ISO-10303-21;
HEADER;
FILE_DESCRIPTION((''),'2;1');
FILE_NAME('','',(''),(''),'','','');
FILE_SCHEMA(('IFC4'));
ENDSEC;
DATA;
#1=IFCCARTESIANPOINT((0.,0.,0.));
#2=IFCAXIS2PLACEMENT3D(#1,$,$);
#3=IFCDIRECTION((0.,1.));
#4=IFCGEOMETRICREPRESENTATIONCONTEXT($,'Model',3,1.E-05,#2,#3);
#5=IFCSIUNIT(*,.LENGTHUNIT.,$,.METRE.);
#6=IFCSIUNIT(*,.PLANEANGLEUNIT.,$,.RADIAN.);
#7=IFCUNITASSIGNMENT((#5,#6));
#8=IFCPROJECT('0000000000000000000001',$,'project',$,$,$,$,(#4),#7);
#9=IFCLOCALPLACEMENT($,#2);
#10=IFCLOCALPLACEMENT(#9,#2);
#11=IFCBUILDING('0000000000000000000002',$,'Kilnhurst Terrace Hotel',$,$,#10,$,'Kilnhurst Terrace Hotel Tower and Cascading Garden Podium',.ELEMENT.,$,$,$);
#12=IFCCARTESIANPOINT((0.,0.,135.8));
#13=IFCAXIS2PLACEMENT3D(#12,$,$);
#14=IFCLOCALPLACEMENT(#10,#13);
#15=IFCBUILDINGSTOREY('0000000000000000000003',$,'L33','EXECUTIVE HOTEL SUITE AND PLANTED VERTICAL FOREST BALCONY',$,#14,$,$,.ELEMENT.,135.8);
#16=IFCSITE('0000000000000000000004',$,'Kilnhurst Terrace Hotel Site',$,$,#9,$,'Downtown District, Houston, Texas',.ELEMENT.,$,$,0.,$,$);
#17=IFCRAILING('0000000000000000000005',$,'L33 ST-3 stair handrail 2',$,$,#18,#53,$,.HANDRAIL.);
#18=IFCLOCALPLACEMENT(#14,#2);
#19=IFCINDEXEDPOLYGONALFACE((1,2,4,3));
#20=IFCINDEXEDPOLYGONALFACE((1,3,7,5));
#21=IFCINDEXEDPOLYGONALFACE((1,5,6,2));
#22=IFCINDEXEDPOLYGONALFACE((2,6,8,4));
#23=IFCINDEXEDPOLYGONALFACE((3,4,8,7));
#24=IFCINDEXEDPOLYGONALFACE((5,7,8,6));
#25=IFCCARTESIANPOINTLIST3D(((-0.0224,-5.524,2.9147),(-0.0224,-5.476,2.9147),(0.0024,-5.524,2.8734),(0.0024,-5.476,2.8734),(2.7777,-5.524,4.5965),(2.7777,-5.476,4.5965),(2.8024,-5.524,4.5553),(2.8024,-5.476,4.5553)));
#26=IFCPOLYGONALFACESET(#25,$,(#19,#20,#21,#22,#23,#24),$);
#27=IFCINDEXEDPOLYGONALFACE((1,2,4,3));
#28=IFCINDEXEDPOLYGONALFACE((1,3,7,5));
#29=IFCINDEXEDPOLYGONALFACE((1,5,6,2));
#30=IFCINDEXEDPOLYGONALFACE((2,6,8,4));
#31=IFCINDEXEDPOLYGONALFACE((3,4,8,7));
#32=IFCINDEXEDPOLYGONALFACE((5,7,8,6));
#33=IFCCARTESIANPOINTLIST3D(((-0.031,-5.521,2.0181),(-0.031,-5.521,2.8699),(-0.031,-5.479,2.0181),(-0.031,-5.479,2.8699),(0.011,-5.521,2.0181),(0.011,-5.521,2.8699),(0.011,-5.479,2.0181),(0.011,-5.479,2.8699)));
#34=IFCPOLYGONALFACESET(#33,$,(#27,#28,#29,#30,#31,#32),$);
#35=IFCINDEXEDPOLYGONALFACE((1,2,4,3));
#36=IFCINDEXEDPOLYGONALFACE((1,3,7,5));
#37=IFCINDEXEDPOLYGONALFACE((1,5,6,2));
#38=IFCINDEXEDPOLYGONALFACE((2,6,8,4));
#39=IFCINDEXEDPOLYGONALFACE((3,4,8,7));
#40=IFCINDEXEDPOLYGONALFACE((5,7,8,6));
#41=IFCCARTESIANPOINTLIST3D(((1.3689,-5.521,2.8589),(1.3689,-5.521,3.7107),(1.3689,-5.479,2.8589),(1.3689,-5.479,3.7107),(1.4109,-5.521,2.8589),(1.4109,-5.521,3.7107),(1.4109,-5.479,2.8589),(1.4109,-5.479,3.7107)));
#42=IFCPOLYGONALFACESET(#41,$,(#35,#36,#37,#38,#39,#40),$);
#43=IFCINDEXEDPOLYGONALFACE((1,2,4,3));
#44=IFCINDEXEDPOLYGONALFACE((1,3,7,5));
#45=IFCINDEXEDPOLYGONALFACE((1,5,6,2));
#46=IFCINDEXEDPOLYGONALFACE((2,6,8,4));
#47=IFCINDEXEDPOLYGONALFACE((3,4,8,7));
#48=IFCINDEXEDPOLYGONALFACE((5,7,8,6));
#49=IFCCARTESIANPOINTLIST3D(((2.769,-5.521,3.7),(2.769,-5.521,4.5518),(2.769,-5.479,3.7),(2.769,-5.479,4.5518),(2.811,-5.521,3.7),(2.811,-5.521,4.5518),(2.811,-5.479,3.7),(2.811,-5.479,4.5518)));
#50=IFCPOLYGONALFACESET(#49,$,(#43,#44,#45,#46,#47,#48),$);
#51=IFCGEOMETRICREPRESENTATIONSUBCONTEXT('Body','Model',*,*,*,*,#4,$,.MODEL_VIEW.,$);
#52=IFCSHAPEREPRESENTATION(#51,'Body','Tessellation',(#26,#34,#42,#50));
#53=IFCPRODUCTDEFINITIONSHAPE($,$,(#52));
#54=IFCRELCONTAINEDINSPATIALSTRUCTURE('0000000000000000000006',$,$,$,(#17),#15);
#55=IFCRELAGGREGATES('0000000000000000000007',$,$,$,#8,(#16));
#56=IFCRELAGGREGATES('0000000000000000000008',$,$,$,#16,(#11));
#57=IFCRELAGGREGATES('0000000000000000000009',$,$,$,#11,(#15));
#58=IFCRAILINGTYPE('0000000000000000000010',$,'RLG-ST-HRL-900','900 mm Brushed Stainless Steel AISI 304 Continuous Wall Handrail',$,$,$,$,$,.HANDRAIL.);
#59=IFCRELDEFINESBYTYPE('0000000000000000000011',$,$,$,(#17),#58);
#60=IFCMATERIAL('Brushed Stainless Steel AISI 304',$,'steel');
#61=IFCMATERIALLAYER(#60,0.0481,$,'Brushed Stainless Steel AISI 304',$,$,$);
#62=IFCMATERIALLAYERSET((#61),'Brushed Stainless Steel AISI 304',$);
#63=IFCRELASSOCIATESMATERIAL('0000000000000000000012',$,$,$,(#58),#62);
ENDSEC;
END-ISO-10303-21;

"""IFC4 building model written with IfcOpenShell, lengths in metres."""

from ifc_helpers import new_model, si_unit, direction, frame, origin, origin_2d, place, context, subcontext, project, spatial, rectangle, extrude, material, layer, layer_set, type_object, element, save


model = new_model("IFC4")

# Units and contexts
model_context = context("Model", 3, precision=1e-05, world=origin(), true_north=direction((0.0, 1.0)))
body_context = subcontext(model_context, "Body", "Model", "MODEL_VIEW")
ifc_project = project(units=[si_unit("LENGTHUNIT", "METRE"), si_unit("PLANEANGLEUNIT", "RADIAN")], contexts=[model_context])

# Site, building, storey
site_placement = place(None, origin())
site = spatial("IfcSite", under=ifc_project, at=site_placement, Name="Kilnhurst Terrace Hotel Site", LongName="Downtown District, Houston, Texas", CompositionType="ELEMENT", RefElevation=0.0)
building_placement = place(site_placement, origin())
building = spatial("IfcBuilding", under=site, at=building_placement, Name="Kilnhurst Terrace Hotel", LongName="Kilnhurst Terrace Hotel Tower and Cascading Garden Podium", CompositionType="ELEMENT")
storey_placement = place(building_placement, frame((0.0, 0.0, 135.8)))
storey = spatial("IfcBuildingStorey", under=building, at=storey_placement, Name="L33", Description="EXECUTIVE HOTEL SUITE AND PLANTED VERTICAL FOREST BALCONY", CompositionType="ELEMENT", Elevation=135.8)

# Railing
ifc_material_1 = material(Name="Brushed Stainless Steel AISI 304", Category="steel")
ifc_layer_1 = layer(ifc_material_1, 0.0481, Name="Brushed Stainless Steel AISI 304")
ifc_layer_set_1 = layer_set([ifc_layer_1], Name="Brushed Stainless Steel AISI 304")
railing_type_1 = type_object("IfcRailingType", Name="RLG-ST-HRL-900", Description="900 mm Brushed Stainless Steel AISI 304 Continuous Wall Handrail", PredefinedType="HANDRAIL", material=ifc_layer_set_1)
railing_1_placement = place(storey_placement, frame((-0.01, -5.5, 2.0181)))
element("IfcRailing", 1, at=railing_1_placement, inside=storey, type_object=railing_type_1, Name="L33 ST-3 stair handrail 2", PredefinedType="HANDRAIL", context=body_context, shape_type="SweptSolid", body=[
    extrude(rectangle(XDim=0.0481, YDim=0.0481, at=origin_2d()), frame((0.0, 0.0, 0.876), z_axis=(0.857242, 0.0, 0.514913), x_axis=(0.0, 1.0, 0.0)), (0.0, 0.0, 1.0), 3.2664),
    extrude(rectangle(XDim=0.042, YDim=0.042, at=origin_2d()), origin(), (0.0, 0.0, 1.0), 0.8518),
    extrude(rectangle(XDim=0.042, YDim=0.042, at=origin_2d()), frame((1.3999, 0.0, 0.8408)), (0.0, 0.0, 1.0), 0.8518),
    extrude(rectangle(XDim=0.042, YDim=0.042, at=origin_2d()), frame((2.8, 0.0, 1.6819)), (0.0, 0.0, 1.0), 0.8518),
])

save(model, "model.ifc")
